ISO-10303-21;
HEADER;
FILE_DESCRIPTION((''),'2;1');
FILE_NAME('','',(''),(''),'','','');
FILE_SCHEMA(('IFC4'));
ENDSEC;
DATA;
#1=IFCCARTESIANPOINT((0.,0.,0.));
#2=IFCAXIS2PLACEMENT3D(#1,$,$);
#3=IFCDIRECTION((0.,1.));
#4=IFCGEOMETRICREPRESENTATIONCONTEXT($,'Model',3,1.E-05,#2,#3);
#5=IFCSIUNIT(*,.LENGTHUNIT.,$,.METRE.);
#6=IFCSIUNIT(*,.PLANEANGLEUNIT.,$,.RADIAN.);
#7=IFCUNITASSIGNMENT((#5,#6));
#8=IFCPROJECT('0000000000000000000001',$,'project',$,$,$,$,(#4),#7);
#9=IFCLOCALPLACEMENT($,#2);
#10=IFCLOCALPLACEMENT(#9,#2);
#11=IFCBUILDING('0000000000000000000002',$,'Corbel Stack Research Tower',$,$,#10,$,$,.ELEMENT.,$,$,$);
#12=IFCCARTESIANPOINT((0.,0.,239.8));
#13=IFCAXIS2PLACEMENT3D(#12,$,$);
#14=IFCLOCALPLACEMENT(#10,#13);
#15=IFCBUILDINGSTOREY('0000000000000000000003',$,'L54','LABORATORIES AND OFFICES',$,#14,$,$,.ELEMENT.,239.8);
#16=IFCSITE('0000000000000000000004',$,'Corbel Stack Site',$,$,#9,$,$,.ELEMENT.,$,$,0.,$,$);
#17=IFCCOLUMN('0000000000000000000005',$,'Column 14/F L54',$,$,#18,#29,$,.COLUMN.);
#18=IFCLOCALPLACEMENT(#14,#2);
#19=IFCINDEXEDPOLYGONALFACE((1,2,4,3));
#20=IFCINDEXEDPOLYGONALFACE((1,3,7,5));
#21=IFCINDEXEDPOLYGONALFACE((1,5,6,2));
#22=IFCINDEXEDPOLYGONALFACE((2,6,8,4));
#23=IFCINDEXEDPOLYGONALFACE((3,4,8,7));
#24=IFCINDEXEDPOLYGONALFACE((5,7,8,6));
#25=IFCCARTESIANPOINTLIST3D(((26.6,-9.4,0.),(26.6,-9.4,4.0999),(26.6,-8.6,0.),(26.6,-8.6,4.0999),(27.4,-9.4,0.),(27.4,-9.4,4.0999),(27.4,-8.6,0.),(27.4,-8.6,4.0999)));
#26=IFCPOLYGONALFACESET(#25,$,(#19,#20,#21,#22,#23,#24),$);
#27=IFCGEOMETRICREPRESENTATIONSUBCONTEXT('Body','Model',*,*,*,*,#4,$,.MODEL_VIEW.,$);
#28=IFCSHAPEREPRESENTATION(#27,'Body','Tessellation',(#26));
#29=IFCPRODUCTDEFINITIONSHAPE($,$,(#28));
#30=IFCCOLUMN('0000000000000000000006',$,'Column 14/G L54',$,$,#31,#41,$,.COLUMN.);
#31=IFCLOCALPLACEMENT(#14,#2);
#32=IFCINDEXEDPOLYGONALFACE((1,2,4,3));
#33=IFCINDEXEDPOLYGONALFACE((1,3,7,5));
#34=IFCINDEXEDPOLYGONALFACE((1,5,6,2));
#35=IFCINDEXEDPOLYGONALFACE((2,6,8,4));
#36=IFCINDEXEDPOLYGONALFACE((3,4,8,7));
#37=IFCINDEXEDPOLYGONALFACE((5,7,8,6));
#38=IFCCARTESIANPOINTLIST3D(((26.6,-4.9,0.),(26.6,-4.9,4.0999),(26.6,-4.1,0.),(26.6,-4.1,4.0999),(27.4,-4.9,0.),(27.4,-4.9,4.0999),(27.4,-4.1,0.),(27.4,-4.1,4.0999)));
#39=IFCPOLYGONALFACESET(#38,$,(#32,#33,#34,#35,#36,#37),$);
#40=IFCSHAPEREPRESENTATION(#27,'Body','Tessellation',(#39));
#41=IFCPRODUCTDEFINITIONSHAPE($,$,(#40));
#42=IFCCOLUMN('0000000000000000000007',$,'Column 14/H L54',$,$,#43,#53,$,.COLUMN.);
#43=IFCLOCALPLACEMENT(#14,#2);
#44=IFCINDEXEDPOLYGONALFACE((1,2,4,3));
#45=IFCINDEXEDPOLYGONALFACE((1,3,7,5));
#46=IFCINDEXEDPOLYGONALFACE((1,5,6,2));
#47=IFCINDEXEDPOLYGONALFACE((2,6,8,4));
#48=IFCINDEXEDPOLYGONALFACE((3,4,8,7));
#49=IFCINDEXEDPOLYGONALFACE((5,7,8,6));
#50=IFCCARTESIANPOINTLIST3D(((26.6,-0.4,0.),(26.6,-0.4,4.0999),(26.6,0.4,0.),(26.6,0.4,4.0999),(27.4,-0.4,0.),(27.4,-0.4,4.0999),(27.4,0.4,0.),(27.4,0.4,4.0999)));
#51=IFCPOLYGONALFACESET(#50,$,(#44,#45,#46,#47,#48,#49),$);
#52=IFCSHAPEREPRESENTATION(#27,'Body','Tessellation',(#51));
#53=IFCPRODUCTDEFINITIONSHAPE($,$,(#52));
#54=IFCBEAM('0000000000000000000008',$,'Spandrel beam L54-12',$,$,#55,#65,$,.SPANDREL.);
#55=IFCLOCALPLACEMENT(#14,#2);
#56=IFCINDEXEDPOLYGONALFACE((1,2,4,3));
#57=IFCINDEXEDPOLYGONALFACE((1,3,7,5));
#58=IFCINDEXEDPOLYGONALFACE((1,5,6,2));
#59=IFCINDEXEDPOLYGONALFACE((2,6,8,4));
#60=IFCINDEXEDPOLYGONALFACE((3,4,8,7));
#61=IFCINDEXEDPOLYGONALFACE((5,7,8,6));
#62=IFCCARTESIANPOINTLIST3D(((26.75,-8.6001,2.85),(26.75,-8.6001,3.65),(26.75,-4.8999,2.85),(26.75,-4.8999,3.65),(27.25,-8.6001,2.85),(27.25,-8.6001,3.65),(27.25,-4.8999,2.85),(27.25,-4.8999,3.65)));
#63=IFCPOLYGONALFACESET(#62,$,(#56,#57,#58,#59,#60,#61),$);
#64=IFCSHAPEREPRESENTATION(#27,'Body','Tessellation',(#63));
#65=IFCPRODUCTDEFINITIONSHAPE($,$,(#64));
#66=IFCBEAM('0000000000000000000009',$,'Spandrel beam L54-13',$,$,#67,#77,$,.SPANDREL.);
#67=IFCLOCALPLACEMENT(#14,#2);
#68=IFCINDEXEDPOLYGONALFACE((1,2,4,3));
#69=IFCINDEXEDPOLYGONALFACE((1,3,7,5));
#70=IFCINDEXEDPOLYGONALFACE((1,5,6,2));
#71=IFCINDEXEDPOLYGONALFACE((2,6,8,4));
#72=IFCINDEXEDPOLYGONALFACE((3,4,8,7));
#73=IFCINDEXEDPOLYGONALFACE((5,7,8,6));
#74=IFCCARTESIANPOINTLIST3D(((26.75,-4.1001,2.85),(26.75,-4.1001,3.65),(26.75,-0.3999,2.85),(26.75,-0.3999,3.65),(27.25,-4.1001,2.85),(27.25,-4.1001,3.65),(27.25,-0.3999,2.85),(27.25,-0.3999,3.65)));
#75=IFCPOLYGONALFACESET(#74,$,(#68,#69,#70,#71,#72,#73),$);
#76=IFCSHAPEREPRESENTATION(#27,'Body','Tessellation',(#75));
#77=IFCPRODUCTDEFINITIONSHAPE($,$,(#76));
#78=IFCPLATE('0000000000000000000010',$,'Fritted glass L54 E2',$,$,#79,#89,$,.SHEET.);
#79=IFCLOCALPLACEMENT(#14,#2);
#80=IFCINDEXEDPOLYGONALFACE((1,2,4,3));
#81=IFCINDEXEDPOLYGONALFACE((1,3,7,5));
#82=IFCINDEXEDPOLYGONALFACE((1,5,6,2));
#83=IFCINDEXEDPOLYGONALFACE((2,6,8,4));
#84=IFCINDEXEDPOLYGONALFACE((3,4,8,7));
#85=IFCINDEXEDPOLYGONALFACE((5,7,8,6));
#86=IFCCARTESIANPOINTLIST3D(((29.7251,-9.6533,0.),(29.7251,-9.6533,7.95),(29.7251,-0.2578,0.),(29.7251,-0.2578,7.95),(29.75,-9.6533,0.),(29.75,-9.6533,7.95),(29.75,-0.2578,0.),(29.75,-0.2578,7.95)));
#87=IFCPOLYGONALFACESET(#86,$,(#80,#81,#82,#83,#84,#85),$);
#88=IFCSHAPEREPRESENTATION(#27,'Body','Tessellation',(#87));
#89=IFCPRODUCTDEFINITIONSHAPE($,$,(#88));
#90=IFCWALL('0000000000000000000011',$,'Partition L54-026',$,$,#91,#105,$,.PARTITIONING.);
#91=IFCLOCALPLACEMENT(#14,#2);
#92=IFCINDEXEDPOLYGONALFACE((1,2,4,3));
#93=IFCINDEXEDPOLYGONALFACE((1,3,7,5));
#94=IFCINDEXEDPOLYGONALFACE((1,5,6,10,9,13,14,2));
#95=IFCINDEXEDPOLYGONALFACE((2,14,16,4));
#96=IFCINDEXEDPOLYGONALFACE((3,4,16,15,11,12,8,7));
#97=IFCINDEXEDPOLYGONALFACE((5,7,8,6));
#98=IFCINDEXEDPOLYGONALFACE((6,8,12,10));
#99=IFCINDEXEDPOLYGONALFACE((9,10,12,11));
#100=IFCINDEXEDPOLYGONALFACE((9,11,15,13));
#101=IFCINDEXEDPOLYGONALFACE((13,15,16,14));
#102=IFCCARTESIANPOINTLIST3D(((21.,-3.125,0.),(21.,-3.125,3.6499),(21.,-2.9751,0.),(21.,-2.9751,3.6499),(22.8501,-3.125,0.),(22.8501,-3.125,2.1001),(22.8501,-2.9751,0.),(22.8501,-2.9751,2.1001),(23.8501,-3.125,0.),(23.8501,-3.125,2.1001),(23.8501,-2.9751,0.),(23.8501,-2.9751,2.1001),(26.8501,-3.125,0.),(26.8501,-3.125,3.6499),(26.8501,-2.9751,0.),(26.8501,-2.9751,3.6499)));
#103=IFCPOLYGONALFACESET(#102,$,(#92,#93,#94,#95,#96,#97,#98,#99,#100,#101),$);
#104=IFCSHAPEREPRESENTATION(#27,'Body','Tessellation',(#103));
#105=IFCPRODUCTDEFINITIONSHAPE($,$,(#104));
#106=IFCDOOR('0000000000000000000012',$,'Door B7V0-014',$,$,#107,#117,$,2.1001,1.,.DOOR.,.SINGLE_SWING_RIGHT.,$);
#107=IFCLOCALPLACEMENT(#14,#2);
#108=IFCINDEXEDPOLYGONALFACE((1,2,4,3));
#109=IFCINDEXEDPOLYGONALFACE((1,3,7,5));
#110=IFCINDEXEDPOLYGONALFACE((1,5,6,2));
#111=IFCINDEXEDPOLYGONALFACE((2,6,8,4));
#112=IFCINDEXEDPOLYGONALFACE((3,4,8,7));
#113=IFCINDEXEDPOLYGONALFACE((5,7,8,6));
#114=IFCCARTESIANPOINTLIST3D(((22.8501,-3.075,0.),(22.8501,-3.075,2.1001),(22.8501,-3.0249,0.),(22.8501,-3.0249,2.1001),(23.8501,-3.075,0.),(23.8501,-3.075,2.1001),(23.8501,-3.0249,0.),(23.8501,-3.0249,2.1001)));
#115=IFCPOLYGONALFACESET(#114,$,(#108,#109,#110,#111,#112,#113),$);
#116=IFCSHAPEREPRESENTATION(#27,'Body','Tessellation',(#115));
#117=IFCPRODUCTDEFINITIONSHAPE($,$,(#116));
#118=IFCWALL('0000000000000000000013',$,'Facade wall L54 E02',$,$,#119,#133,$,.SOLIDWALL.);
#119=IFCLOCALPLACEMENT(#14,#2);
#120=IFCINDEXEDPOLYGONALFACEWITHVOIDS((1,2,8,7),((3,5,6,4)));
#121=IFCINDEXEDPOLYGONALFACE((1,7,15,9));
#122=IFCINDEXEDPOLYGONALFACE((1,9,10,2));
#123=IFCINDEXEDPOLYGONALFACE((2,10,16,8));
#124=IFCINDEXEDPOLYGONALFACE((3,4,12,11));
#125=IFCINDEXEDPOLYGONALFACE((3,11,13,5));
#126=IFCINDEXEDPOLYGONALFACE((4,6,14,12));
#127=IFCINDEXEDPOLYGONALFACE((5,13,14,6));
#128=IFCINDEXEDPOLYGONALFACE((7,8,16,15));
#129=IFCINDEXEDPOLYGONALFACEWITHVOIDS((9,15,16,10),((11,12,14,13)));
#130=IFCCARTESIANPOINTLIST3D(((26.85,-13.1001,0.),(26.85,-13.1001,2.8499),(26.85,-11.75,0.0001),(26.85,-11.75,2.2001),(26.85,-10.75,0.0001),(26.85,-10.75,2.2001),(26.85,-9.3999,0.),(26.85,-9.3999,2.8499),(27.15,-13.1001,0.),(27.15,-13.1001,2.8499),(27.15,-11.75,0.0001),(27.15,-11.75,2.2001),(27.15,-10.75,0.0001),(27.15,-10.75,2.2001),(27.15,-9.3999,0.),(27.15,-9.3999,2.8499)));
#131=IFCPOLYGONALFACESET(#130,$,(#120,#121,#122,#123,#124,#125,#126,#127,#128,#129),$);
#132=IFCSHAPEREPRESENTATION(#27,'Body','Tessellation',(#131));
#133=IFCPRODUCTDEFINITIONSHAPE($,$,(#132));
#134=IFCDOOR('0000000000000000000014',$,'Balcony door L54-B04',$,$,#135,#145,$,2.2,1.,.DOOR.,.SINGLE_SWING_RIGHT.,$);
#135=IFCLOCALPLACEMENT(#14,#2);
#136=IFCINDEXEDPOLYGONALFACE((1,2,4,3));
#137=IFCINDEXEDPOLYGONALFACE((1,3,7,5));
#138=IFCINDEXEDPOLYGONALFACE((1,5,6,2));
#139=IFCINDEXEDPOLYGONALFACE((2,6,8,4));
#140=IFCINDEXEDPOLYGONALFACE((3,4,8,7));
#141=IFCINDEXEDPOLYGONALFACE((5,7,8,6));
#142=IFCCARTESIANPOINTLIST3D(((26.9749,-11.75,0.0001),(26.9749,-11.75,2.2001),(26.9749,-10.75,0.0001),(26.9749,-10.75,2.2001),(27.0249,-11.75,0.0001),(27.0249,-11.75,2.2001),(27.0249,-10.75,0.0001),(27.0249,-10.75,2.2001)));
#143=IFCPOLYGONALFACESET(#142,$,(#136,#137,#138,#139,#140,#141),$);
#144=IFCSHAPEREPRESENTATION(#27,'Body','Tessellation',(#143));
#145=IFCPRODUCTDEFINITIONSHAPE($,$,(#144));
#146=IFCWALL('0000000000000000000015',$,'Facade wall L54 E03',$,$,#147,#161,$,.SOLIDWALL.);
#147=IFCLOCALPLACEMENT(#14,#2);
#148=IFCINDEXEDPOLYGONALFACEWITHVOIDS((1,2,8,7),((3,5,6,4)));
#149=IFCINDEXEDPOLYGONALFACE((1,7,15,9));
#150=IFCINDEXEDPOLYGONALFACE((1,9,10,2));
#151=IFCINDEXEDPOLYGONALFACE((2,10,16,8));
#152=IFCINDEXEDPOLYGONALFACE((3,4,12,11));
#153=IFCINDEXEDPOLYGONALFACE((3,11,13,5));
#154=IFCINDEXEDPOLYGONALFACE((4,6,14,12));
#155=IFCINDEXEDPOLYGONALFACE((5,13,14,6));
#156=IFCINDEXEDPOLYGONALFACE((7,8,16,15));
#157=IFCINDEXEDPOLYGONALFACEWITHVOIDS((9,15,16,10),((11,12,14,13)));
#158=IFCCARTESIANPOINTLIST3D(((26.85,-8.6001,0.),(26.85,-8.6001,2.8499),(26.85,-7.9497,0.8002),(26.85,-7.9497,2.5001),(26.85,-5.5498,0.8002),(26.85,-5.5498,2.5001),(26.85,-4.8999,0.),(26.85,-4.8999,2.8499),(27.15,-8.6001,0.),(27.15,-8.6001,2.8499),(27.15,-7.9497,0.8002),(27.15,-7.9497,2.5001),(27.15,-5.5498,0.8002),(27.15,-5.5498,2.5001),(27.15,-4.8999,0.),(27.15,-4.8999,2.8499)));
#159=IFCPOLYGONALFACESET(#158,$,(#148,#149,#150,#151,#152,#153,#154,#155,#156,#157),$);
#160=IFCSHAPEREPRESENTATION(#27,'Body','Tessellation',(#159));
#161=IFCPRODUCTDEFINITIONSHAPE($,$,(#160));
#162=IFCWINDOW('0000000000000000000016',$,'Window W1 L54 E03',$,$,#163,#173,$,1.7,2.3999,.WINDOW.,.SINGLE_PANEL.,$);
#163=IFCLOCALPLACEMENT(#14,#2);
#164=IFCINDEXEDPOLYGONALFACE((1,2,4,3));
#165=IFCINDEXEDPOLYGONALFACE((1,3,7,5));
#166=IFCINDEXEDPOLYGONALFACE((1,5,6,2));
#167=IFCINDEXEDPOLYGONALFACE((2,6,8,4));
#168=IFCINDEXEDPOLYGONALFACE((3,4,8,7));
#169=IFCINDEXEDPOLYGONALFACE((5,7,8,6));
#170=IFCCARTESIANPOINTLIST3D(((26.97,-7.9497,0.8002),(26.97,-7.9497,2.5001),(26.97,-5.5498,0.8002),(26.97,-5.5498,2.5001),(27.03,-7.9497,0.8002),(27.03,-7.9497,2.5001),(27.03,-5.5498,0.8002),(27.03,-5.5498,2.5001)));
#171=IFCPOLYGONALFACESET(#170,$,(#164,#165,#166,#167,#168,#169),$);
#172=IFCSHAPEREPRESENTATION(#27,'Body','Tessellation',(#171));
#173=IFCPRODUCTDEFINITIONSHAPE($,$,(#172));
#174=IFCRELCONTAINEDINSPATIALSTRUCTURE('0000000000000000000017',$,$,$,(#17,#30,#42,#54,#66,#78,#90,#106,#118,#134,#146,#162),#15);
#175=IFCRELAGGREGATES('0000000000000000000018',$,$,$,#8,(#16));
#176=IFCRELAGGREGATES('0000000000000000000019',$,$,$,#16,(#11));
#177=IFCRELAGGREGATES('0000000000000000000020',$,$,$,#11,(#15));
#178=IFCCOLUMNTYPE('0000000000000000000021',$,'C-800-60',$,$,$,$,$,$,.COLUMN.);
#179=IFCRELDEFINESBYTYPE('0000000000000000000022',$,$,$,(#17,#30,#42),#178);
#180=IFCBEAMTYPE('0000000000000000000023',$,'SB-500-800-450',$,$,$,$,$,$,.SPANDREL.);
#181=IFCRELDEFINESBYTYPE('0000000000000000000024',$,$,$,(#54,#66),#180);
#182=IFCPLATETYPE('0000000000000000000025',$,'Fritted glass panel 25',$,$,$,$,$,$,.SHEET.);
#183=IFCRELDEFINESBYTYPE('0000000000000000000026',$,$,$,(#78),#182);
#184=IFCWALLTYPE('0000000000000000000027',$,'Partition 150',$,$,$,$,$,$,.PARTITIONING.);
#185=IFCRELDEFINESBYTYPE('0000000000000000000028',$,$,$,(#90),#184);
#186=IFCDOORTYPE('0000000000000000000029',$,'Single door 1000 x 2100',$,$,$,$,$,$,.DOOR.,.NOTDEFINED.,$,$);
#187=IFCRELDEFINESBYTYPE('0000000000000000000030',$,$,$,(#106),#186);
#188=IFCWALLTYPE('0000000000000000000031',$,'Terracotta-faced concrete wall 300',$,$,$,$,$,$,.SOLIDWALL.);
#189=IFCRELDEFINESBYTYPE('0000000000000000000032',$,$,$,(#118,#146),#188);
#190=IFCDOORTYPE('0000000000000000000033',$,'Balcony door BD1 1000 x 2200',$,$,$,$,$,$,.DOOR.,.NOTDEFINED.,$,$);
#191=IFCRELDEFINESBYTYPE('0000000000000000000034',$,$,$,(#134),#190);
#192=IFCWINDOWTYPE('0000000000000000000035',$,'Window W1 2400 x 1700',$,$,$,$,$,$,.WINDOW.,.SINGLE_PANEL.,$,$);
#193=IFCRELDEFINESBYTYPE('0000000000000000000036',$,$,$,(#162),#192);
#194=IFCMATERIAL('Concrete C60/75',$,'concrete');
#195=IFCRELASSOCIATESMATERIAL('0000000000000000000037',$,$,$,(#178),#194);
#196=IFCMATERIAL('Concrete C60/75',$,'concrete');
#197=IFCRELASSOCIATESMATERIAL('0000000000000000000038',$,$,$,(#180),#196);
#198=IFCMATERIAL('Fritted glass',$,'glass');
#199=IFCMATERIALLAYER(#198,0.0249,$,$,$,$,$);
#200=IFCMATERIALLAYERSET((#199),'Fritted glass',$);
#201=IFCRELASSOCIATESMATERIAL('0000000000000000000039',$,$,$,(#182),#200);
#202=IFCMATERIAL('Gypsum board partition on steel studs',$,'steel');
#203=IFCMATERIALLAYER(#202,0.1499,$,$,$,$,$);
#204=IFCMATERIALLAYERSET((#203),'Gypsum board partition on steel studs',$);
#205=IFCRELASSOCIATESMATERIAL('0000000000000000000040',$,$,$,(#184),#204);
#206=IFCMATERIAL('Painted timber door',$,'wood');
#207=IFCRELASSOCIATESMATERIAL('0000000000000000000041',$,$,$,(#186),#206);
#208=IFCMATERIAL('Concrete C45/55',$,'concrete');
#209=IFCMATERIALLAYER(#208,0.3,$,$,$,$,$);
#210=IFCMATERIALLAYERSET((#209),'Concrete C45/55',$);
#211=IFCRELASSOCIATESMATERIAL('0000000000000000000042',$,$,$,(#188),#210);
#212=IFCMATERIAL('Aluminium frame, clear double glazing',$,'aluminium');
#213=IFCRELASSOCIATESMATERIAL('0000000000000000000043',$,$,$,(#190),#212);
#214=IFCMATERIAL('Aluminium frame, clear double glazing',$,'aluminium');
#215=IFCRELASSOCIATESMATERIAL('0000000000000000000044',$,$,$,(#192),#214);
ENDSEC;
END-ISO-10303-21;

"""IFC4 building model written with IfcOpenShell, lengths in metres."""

from ifc_helpers import new_model, si_unit, direction, frame, frame_2d, origin, origin_2d, place, context, subcontext, project, spatial, rectangle, extrude, material, layer, layer_set, material_profile, profile_set, type_object, element, fill, save


model = new_model("IFC4")

# Units and contexts
model_context = context("Model", 3, precision=1e-05, world=origin(), true_north=direction((0.0, 1.0)))
body_context = subcontext(model_context, "Body", "Model", "MODEL_VIEW")
ifc_project = project(units=[si_unit("LENGTHUNIT", "METRE"), si_unit("PLANEANGLEUNIT", "RADIAN")], contexts=[model_context])

# Site, building, storey
site_placement = place(None, origin())
site = spatial("IfcSite", under=ifc_project, at=site_placement, Name="Corbel Stack Site", CompositionType="ELEMENT", RefElevation=0.0)
building_placement = place(site_placement, origin())
building = spatial("IfcBuilding", under=site, at=building_placement, Name="Corbel Stack Research Tower", CompositionType="ELEMENT")
storey_placement = place(building_placement, frame((0.0, 0.0, 239.8)))
storey = spatial("IfcBuildingStorey", under=building, at=storey_placement, Name="L54", Description="LABORATORIES AND OFFICES", CompositionType="ELEMENT", Elevation=239.8)

# Columns
ifc_material_1 = material(Name="Concrete C60/75", Category="concrete")
ifc_material_profile_1 = material_profile(ifc_material_1, rectangle(XDim=0.8, YDim=0.8, at=origin_2d()), Name="RC 800 x 800")
ifc_profile_set_1 = profile_set([ifc_material_profile_1], Name="Concrete C60/75")
column_type = type_object("IfcColumnType", Name="C-800-60", PredefinedType="COLUMN", material=ifc_profile_set_1)
for number, where, z_axis, x_axis, name in (
    (1, (27.0, -9.0, 0.0), (0.0, 0.0, 1.0), (1.0, 0.0, 0.0), "Column 14/F L54"),
    (2, (27.0, -4.5, 0.0), (0.0, 0.0, 1.0), (1.0, 0.0, 0.0), "Column 14/G L54"),
    (3, (27.0, 0.0, 0.0), (0.0, 0.0, 1.0), (1.0, 0.0, 0.0), "Column 14/H L54"),
):
    element("IfcColumn", number, at=place(storey_placement, frame(where, z_axis=z_axis, x_axis=x_axis)), inside=storey, type_object=column_type, Name=name, PredefinedType="COLUMN", context=body_context, shape_type="SweptSolid", body=[
        extrude(rectangle(XDim=0.8, YDim=0.8, at=origin_2d()), origin(), (0.0, 0.0, 1.0), 4.0999),
    ])

# Beams
ifc_material_2 = material(Name="Concrete C60/75", Category="concrete")
ifc_material_profile_2 = material_profile(ifc_material_2, rectangle(XDim=0.5, YDim=0.8, at=origin_2d()), Name="RC 500 x 800")
ifc_profile_set_2 = profile_set([ifc_material_profile_2], Name="Concrete C60/75")
beam_type = type_object("IfcBeamType", Name="SB-500-800-450", PredefinedType="SPANDREL", material=ifc_profile_set_2)
for number, where, z_axis, x_axis, name in (
    (4, (27.0, -8.6001, 3.25), (0.0, 1.0, 0.0), (-1.0, 0.0, 0.0), "Spandrel beam L54-12"),
    (5, (27.0, -4.1001, 3.25), (0.0, 1.0, 0.0), (-1.0, 0.0, 0.0), "Spandrel beam L54-13"),
):
    element("IfcBeam", number, at=place(storey_placement, frame(where, z_axis=z_axis, x_axis=x_axis)), inside=storey, type_object=beam_type, Name=name, PredefinedType="SPANDREL", context=body_context, shape_type="SweptSolid", body=[
        extrude(rectangle(XDim=0.5, YDim=0.8, at=origin_2d()), origin(), (0.0, 0.0, 1.0), 3.7002),
    ])

# Plate
ifc_material_3 = material(Name="Fritted glass", Category="glass")
ifc_layer_1 = layer(ifc_material_3, 0.0249)
ifc_layer_set_1 = layer_set([ifc_layer_1], Name="Fritted glass")
plate_type = type_object("IfcPlateType", Name="Fritted glass panel 25", PredefinedType="SHEET", material=ifc_layer_set_1)
plate_placement = place(storey_placement, frame((29.7375, -4.9556, 0.0), z_axis=(0.0, 0.0, 1.0), x_axis=(0.0, 1.0, 0.0)))
element("IfcPlate", 6, at=plate_placement, inside=storey, type_object=plate_type, Name="Fritted glass L54 E2", PredefinedType="SHEET", context=body_context, shape_type="SweptSolid", body=[
    extrude(rectangle(XDim=9.3955, YDim=0.0249, at=origin_2d()), origin(), (0.0, 0.0, 1.0), 7.95),
])

# Walls, openings, doors
ifc_material_4 = material(Name="Gypsum board partition on steel studs", Category="steel")
ifc_layer_2 = layer(ifc_material_4, 0.1499)
ifc_layer_set_2 = layer_set([ifc_layer_2], Name="Gypsum board partition on steel studs")
wall_type_1 = type_object("IfcWallType", Name="Partition 150", PredefinedType="PARTITIONING", material=ifc_layer_set_2)
wall_1_placement = place(storey_placement, frame((26.8501, -3.05, 0.0), z_axis=(0.0, 0.0, 1.0), x_axis=(-1.0, 0.0, 0.0)))
wall_1 = element("IfcWall", 7, at=wall_1_placement, inside=storey, type_object=wall_type_1, Name="Partition L54-026", PredefinedType="PARTITIONING", context=body_context, shape_type="SweptSolid", body=[
    extrude(rectangle(XDim=5.8501, YDim=0.1499, at=frame_2d((2.925, 0.0))), origin(), (0.0, 0.0, 1.0), 3.6499),
])
opening_1_placement = place(wall_1_placement, frame((3.0, 0.0, 0.0)))
opening_1 = element("IfcOpeningElement", 8, at=opening_1_placement, cuts=wall_1, PredefinedType="OPENING", context=body_context, shape_type="SweptSolid", body=[
    extrude(rectangle(XDim=1.0, YDim=2.1001, at=frame_2d((0.5, 1.05))), frame((0.0, 0.085, 0.0), z_axis=(0.0, -1.0, 0.0), x_axis=(1.0, 0.0, 0.0)), (0.0, 0.0, 1.0), 0.1699),
])
ifc_material_5 = material(Name="Painted timber door", Category="wood")
door_type_1 = type_object("IfcDoorType", Name="Single door 1000 x 2100", OperationType="NOTDEFINED", PredefinedType="DOOR", material=ifc_material_5)
door_1_placement = place(opening_1_placement, origin())
door_1 = element("IfcDoor", 9, at=door_1_placement, inside=storey, type_object=door_type_1, Name="Door B7V0-014", OperationType="SINGLE_SWING_RIGHT", OverallHeight=2.1001, OverallWidth=1.0, PredefinedType="DOOR", context=body_context, shape_type="SweptSolid", body=[
    extrude(rectangle(XDim=1.0, YDim=2.1001, at=frame_2d((0.5, 1.05))), frame((0.0, 0.0249, 0.0), z_axis=(0.0, -1.0, 0.0), x_axis=(1.0, 0.0, 0.0)), (0.0, 0.0, 1.0), 0.05),
])
fill(opening_1, door_1)
ifc_material_6 = material(Name="Concrete C45/55", Category="concrete")
ifc_layer_3 = layer(ifc_material_6, 0.3)
ifc_layer_set_3 = layer_set([ifc_layer_3], Name="Concrete C45/55")
wall_type_2 = type_object("IfcWallType", Name="Terracotta-faced concrete wall 300", PredefinedType="SOLIDWALL", material=ifc_layer_set_3)
wall_2_placement = place(storey_placement, frame((27.0, -9.3999, 0.0), z_axis=(0.0, 0.0, 1.0), x_axis=(0.0, -1.0, 0.0)))
wall_2 = element("IfcWall", 10, at=wall_2_placement, inside=storey, type_object=wall_type_2, Name="Facade wall L54 E02", PredefinedType="SOLIDWALL", context=body_context, shape_type="SweptSolid", body=[
    extrude(rectangle(XDim=3.7002, YDim=0.3, at=frame_2d((1.8501, 0.0))), origin(), (0.0, 0.0, 1.0), 2.8499),
])
opening_2_placement = place(wall_2_placement, frame((1.3501, 0.0, 0.0)))
opening_2 = element("IfcOpeningElement", 11, at=opening_2_placement, cuts=wall_2, PredefinedType="OPENING", context=body_context, shape_type="SweptSolid", body=[
    extrude(rectangle(XDim=1.0, YDim=2.2, at=frame_2d((0.5, 1.1001))), frame((0.0, 0.1599, 0.0), z_axis=(0.0, -1.0, 0.0), x_axis=(1.0, 0.0, 0.0)), (0.0, 0.0, 1.0), 0.3201),
])
ifc_material_7 = material(Name="Aluminium frame, clear double glazing", Category="aluminium")
door_type_2 = type_object("IfcDoorType", Name="Balcony door BD1 1000 x 2200", OperationType="NOTDEFINED", PredefinedType="DOOR", material=ifc_material_7)
door_2_placement = place(opening_2_placement, origin())
door_2 = element("IfcDoor", 12, at=door_2_placement, inside=storey, type_object=door_type_2, Name="Balcony door L54-B04", OperationType="SINGLE_SWING_RIGHT", OverallHeight=2.2, OverallWidth=1.0, PredefinedType="DOOR", context=body_context, shape_type="SweptSolid", body=[
    extrude(rectangle(XDim=1.0, YDim=2.2, at=frame_2d((0.5, 1.1001))), frame((0.0, 0.0249, 0.0), z_axis=(0.0, -1.0, 0.0), x_axis=(1.0, 0.0, 0.0)), (0.0, 0.0, 1.0), 0.05),
])
fill(opening_2, door_2)

# Wall, opening, window
wall_3_placement = place(storey_placement, frame((27.0, -4.8999, 0.0), z_axis=(0.0, 0.0, 1.0), x_axis=(0.0, -1.0, 0.0)))
wall_3 = element("IfcWall", 13, at=wall_3_placement, inside=storey, type_object=wall_type_2, Name="Facade wall L54 E03", PredefinedType="SOLIDWALL", context=body_context, shape_type="SweptSolid", body=[
    extrude(rectangle(XDim=3.7002, YDim=0.3, at=frame_2d((1.8501, 0.0))), origin(), (0.0, 0.0, 1.0), 2.8499),
])
opening_3_placement = place(wall_3_placement, frame((0.6499, 0.0, 0.8)))
opening_3 = element("IfcOpeningElement", 14, at=opening_3_placement, cuts=wall_3, PredefinedType="OPENING", context=body_context, shape_type="SweptSolid", body=[
    extrude(rectangle(XDim=2.3999, YDim=1.7, at=frame_2d((1.2, 0.8501))), frame((0.0, 0.1599, 0.0), z_axis=(0.0, -1.0, 0.0), x_axis=(1.0, 0.0, 0.0)), (0.0, 0.0, 1.0), 0.3201),
])
ifc_material_8 = material(Name="Aluminium frame, clear double glazing", Category="aluminium")
window_type_1 = type_object("IfcWindowType", Name="Window W1 2400 x 1700", PartitioningType="SINGLE_PANEL", PredefinedType="WINDOW", material=ifc_material_8)
window_1_placement = place(opening_3_placement, origin())
window_1 = element("IfcWindow", 15, at=window_1_placement, inside=storey, type_object=window_type_1, Name="Window W1 L54 E03", OverallHeight=1.7, OverallWidth=2.3999, PartitioningType="SINGLE_PANEL", PredefinedType="WINDOW", context=body_context, shape_type="SweptSolid", body=[
    extrude(rectangle(XDim=2.3999, YDim=1.7, at=frame_2d((1.2, 0.8501))), frame((0.0, 0.03, 0.0), z_axis=(0.0, -1.0, 0.0), x_axis=(1.0, 0.0, 0.0)), (0.0, 0.0, 1.0), 0.0601),
])
fill(opening_3, window_1)

save(model, "model.ifc")
